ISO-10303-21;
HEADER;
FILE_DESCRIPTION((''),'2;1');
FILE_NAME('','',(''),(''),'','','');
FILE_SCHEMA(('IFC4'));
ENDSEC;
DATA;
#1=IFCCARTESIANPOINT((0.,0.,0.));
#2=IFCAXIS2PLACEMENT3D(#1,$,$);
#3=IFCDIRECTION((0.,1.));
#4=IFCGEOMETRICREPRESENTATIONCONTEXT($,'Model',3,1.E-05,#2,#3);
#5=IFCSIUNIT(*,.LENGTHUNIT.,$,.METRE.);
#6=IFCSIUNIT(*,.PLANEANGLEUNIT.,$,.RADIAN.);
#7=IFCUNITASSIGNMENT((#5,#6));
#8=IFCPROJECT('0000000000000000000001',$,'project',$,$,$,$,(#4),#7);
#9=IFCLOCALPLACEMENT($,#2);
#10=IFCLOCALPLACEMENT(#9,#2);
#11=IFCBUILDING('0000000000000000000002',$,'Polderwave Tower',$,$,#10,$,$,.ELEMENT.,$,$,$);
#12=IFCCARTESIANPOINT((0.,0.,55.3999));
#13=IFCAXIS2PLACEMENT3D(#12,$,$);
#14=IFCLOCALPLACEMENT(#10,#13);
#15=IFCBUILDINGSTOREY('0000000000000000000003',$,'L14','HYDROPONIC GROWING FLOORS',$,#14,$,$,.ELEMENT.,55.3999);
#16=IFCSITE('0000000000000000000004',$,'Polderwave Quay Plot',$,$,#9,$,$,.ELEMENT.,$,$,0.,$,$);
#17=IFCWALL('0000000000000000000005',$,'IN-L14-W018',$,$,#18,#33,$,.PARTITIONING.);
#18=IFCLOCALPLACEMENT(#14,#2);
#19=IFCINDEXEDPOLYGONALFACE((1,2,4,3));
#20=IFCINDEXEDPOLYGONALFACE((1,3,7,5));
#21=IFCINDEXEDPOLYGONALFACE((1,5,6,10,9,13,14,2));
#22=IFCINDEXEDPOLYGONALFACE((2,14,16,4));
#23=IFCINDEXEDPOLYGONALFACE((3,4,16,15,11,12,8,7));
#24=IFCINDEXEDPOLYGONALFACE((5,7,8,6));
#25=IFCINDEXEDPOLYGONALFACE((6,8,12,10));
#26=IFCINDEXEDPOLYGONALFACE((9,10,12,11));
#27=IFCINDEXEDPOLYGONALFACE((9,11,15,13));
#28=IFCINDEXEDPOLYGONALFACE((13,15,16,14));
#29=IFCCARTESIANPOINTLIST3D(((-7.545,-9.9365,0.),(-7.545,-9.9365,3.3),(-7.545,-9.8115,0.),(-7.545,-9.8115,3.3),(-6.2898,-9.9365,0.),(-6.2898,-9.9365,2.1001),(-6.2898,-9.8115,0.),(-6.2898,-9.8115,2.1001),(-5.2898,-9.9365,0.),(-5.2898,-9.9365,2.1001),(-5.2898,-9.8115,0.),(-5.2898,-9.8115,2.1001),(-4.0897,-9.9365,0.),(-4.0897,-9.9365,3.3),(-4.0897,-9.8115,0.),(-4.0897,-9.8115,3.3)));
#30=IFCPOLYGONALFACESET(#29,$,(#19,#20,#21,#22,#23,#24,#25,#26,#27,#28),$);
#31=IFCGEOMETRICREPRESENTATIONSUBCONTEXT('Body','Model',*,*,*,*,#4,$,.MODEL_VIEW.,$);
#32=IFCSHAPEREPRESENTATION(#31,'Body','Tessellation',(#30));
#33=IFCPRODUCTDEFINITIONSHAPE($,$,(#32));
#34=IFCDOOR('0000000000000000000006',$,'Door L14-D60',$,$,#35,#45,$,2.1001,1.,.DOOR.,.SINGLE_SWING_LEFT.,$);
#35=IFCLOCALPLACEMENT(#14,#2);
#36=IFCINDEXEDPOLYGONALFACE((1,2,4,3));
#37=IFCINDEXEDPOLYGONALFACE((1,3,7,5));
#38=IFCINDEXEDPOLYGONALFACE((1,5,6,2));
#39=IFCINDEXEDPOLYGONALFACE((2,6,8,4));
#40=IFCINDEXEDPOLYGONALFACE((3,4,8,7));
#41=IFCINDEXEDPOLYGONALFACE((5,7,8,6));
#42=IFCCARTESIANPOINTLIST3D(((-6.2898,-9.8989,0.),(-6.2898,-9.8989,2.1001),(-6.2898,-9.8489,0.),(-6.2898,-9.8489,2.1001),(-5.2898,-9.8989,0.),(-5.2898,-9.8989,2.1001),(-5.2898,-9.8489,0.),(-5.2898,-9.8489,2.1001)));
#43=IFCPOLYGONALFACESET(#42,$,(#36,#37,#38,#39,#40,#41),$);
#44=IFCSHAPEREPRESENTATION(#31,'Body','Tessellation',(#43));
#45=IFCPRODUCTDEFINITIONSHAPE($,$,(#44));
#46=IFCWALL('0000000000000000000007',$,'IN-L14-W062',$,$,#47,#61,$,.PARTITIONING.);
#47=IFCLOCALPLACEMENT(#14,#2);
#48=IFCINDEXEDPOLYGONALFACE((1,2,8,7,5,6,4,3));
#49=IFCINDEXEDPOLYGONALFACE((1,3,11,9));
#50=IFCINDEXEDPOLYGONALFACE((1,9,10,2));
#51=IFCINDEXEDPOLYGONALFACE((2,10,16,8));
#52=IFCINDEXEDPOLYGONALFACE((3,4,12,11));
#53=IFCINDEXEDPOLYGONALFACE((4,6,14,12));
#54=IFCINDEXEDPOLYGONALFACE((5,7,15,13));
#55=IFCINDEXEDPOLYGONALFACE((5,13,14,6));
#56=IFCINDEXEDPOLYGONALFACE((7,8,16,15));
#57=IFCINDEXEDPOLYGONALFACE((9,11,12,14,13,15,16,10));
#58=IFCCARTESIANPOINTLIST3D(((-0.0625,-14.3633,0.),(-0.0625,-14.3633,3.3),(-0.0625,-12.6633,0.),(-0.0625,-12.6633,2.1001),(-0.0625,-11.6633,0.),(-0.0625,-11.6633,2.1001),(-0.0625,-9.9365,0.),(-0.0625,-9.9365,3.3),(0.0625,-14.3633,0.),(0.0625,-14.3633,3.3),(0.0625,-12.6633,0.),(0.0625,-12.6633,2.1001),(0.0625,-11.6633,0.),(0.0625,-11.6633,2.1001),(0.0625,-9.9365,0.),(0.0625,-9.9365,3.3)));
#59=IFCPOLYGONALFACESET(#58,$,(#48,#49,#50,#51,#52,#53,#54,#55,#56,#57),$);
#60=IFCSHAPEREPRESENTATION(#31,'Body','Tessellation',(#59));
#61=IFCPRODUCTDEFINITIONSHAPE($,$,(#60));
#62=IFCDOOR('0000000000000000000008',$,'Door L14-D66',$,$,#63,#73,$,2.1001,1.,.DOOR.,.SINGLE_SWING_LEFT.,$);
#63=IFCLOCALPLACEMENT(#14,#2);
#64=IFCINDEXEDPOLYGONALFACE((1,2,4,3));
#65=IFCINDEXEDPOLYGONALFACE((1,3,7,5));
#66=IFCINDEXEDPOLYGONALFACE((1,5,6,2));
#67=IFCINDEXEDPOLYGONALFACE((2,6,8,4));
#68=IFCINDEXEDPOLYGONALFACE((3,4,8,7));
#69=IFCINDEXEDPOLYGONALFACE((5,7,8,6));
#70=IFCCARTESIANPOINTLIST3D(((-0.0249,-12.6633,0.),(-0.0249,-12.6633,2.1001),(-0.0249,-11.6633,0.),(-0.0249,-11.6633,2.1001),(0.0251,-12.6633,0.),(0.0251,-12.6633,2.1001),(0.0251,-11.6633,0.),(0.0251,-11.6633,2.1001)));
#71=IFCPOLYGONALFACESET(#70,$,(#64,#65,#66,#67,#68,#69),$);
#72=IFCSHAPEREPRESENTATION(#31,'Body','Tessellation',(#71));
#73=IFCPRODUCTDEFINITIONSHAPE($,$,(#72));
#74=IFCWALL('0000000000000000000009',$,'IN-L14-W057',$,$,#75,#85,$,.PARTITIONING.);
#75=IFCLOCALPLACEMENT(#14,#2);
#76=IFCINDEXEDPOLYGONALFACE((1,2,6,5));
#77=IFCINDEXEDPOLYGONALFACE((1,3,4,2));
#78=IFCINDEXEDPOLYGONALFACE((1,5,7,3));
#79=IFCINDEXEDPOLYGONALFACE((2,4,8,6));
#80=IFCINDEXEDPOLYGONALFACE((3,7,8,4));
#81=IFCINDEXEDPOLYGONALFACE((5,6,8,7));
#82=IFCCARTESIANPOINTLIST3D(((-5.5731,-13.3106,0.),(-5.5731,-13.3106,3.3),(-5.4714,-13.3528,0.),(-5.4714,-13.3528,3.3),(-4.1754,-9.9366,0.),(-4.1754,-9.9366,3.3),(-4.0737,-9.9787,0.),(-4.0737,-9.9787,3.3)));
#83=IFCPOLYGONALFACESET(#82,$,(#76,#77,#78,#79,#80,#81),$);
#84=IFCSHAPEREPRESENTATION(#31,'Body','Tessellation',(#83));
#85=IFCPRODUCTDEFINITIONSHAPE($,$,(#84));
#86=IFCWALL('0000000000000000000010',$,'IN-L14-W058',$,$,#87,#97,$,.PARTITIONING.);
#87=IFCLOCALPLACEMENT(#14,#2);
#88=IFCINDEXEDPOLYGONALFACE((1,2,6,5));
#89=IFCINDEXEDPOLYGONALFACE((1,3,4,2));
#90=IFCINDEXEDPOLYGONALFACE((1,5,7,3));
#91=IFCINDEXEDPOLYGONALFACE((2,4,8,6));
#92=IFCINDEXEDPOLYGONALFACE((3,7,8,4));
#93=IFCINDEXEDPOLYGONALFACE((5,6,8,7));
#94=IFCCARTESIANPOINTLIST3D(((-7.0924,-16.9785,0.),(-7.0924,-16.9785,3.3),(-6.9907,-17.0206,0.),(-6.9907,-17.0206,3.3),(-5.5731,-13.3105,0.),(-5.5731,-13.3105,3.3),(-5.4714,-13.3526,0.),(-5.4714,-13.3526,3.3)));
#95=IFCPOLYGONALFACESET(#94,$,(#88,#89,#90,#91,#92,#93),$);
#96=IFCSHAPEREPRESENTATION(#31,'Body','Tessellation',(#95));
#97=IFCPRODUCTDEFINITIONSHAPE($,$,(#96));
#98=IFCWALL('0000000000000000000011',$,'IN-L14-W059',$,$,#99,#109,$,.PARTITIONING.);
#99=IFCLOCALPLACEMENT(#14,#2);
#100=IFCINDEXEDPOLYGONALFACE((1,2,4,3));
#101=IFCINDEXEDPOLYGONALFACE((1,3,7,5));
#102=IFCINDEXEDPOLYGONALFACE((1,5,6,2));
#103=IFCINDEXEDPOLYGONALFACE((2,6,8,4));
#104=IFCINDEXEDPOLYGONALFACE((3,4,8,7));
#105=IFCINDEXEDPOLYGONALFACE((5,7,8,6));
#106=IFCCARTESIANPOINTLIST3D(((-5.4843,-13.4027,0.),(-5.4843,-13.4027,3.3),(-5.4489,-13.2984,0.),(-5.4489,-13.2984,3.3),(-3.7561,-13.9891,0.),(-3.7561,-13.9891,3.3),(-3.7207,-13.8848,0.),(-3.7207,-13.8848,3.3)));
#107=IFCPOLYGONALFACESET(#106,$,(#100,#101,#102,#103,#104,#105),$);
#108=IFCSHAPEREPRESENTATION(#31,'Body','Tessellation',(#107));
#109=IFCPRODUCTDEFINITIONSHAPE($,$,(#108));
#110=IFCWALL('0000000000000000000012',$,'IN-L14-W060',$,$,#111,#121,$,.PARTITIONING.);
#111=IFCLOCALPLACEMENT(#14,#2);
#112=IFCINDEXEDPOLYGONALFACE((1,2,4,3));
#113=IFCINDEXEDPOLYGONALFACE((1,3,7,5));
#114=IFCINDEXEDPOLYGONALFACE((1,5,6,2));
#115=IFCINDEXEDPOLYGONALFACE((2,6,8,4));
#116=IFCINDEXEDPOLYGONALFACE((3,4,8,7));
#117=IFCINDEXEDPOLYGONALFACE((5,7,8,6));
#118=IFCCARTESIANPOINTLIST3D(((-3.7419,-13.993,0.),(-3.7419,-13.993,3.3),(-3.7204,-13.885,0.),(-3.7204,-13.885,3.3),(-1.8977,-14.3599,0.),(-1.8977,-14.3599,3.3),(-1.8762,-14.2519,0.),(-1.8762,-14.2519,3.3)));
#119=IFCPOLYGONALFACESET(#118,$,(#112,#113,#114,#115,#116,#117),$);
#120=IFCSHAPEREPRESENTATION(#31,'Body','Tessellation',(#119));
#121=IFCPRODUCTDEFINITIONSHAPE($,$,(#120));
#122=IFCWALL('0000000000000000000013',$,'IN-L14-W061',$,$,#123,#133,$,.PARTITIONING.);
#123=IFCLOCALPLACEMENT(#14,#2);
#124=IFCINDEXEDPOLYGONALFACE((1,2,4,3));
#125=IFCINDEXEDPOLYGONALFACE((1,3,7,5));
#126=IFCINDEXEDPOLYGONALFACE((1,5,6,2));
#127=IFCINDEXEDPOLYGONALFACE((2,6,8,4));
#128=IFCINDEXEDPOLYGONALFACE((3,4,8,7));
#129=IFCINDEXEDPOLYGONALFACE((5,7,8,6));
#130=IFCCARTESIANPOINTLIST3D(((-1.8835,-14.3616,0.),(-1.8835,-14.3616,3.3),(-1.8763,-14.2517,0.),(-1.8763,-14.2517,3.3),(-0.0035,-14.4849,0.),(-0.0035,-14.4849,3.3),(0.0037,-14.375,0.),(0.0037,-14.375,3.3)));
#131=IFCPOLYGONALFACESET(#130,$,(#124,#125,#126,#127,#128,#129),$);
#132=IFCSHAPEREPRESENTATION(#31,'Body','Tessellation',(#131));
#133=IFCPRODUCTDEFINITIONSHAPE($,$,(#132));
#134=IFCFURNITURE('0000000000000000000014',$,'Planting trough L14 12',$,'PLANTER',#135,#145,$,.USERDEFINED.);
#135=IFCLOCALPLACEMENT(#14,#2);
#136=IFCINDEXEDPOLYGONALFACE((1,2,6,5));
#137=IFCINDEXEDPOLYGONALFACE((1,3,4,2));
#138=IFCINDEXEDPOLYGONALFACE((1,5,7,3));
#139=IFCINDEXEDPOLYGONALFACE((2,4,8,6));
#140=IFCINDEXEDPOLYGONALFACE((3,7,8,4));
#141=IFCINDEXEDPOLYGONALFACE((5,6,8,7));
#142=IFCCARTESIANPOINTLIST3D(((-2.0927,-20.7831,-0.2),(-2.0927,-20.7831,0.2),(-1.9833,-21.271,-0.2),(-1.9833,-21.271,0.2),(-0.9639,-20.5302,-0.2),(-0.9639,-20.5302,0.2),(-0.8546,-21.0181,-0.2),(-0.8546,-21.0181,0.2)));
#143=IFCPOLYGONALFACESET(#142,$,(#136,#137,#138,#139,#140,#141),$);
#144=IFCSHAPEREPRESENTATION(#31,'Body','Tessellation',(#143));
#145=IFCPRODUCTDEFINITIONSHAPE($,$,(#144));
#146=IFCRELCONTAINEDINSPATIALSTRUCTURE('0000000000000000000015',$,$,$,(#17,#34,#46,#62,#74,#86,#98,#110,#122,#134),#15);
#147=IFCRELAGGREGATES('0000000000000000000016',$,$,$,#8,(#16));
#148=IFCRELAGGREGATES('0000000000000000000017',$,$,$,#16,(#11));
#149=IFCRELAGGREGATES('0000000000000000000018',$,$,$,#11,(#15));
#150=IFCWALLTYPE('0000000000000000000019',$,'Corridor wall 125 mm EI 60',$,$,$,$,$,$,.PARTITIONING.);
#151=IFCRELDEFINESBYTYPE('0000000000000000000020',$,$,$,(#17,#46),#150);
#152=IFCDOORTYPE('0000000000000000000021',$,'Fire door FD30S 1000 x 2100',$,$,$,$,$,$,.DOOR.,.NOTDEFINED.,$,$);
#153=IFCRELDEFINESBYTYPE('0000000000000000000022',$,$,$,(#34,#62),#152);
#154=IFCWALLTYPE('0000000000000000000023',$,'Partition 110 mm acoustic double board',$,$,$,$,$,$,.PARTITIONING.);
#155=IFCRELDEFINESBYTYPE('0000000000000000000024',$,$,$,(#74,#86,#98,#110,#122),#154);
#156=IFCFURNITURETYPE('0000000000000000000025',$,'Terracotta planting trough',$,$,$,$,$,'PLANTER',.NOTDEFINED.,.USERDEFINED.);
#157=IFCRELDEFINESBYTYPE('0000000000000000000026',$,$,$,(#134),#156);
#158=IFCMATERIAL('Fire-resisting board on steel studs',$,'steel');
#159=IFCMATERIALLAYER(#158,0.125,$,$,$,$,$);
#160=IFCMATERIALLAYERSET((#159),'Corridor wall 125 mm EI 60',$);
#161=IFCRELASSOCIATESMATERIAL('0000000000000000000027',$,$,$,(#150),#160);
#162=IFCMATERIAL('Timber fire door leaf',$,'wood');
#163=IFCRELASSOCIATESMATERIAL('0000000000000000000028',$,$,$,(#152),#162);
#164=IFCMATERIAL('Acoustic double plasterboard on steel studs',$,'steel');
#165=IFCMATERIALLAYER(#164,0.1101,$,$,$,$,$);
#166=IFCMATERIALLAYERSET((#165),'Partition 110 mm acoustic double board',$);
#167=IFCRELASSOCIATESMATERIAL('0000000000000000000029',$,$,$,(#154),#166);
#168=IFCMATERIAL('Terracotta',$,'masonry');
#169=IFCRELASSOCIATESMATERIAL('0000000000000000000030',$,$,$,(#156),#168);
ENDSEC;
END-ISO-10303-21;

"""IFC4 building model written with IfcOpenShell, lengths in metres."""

from ifc_helpers import new_model, si_unit, direction, frame, frame_2d, origin, origin_2d, place, context, subcontext, project, spatial, rectangle, extrude, material, layer, layer_set, type_object, element, fill, save


model = new_model("IFC4")

# Units and contexts
model_context = context("Model", 3, precision=1e-05, world=origin(), true_north=direction((0.0, 1.0)))
body_context = subcontext(model_context, "Body", "Model", "MODEL_VIEW")
ifc_project = project(units=[si_unit("LENGTHUNIT", "METRE"), si_unit("PLANEANGLEUNIT", "RADIAN")], contexts=[model_context])

# Site, building, storey
site_placement = place(None, origin())
site = spatial("IfcSite", under=ifc_project, at=site_placement, Name="Polderwave Quay Plot", CompositionType="ELEMENT", RefElevation=0.0)
building_placement = place(site_placement, origin())
building = spatial("IfcBuilding", under=site, at=building_placement, Name="Polderwave Tower", CompositionType="ELEMENT")
storey_placement = place(building_placement, frame((0.0, 0.0, 55.3999)))
storey = spatial("IfcBuildingStorey", under=building, at=storey_placement, Name="L14", Description="HYDROPONIC GROWING FLOORS", CompositionType="ELEMENT", Elevation=55.3999)

# Shared definitions
ifc_material_1 = material(Name="Fire-resisting board on steel studs", Category="steel")
ifc_layer_1 = layer(ifc_material_1, 0.125)
ifc_layer_set_1 = layer_set([ifc_layer_1], Name="Corridor wall 125 mm EI 60")
wall_type_1 = type_object("IfcWallType", Name="Corridor wall 125 mm EI 60", PredefinedType="PARTITIONING", material=ifc_layer_set_1)

# Walls, openings, doors
wall_1_placement = place(storey_placement, frame((-4.0898, -9.874, 0.0), z_axis=(0.0, 0.0, 1.0), x_axis=(-1.0, 0.0, 0.0)))
wall_1 = element("IfcWall", 1, at=wall_1_placement, inside=storey, type_object=wall_type_1, Name="IN-L14-W018", PredefinedType="PARTITIONING", context=body_context, shape_type="SweptSolid", body=[
    extrude(rectangle(XDim=3.4553, YDim=0.125, at=frame_2d((1.7275, 0.0))), origin(), (0.0, 0.0, 1.0), 3.3),
])
opening_1_placement = place(wall_1_placement, frame((1.2, 0.0, 0.0)))
opening_1 = element("IfcOpeningElement", 2, at=opening_1_placement, cuts=wall_1, PredefinedType="OPENING", context=body_context, shape_type="SweptSolid", body=[
    extrude(rectangle(XDim=1.0, YDim=2.1001, at=frame_2d((0.5, 1.05))), frame((0.0, 0.0725, 0.0), z_axis=(0.0, -1.0, 0.0), x_axis=(1.0, 0.0, 0.0)), (0.0, 0.0, 1.0), 0.145),
])
ifc_material_2 = material(Name="Timber fire door leaf", Category="wood")
door_type = type_object("IfcDoorType", Name="Fire door FD30S 1000 x 2100", OperationType="NOTDEFINED", PredefinedType="DOOR", material=ifc_material_2)
door_1_placement = place(opening_1_placement, origin())
door_1 = element("IfcDoor", 3, at=door_1_placement, inside=storey, type_object=door_type, Name="Door L14-D60", OperationType="SINGLE_SWING_LEFT", OverallHeight=2.1001, OverallWidth=1.0, PredefinedType="DOOR", context=body_context, shape_type="SweptSolid", body=[
    extrude(rectangle(XDim=1.0, YDim=2.1001, at=frame_2d((0.5, 1.05))), frame((0.0, 0.0249, 0.0), z_axis=(0.0, -1.0, 0.0), x_axis=(1.0, 0.0, 0.0)), (0.0, 0.0, 1.0), 0.05),
])
fill(opening_1, door_1)
wall_2_placement = place(storey_placement, frame((0.0, -14.3633, 0.0), z_axis=(0.0, 0.0, 1.0), x_axis=(0.0, 1.0, 0.0)))
wall_2 = element("IfcWall", 4, at=wall_2_placement, inside=storey, type_object=wall_type_1, Name="IN-L14-W062", PredefinedType="PARTITIONING", context=body_context, shape_type="SweptSolid", body=[
    extrude(rectangle(XDim=4.4268, YDim=0.125, at=frame_2d((2.2134, 0.0))), origin(), (0.0, 0.0, 1.0), 3.3),
])
opening_2_placement = place(wall_2_placement, frame((1.7, 0.0, 0.0)))
opening_2 = element("IfcOpeningElement", 5, at=opening_2_placement, cuts=wall_2, PredefinedType="OPENING", context=body_context, shape_type="SweptSolid", body=[
    extrude(rectangle(XDim=1.0, YDim=2.1001, at=frame_2d((0.5, 1.05))), frame((0.0, 0.0725, 0.0), z_axis=(0.0, -1.0, 0.0), x_axis=(1.0, 0.0, 0.0)), (0.0, 0.0, 1.0), 0.145),
])
door_2_placement = place(opening_2_placement, origin())
door_2 = element("IfcDoor", 6, at=door_2_placement, inside=storey, type_object=door_type, Name="Door L14-D66", OperationType="SINGLE_SWING_LEFT", OverallHeight=2.1001, OverallWidth=1.0, PredefinedType="DOOR", context=body_context, shape_type="SweptSolid", body=[
    extrude(rectangle(XDim=1.0, YDim=2.1001, at=frame_2d((0.5, 1.05))), frame((0.0, 0.0249, 0.0), z_axis=(0.0, -1.0, 0.0), x_axis=(1.0, 0.0, 0.0)), (0.0, 0.0, 1.0), 0.05),
])
fill(opening_2, door_2)

# Walls
ifc_material_3 = material(Name="Acoustic double plasterboard on steel studs", Category="steel")
ifc_layer_2 = layer(ifc_material_3, 0.1101)
ifc_layer_set_2 = layer_set([ifc_layer_2], Name="Partition 110 mm acoustic double board")
wall_type_2 = type_object("IfcWallType", Name="Partition 110 mm acoustic double board", PredefinedType="PARTITIONING", material=ifc_layer_set_2)
wall_3_placement = place(storey_placement, frame((-4.1245, -9.9575, 0.0), z_axis=(0.0, 0.0, 1.0), x_axis=(-0.382716, -0.923866, 0.0)))
element("IfcWall", 7, at=wall_3_placement, inside=storey, type_object=wall_type_2, Name="IN-L14-W057", PredefinedType="PARTITIONING", context=body_context, shape_type="SweptSolid", body=[
    extrude(rectangle(XDim=3.6521, YDim=0.1101, at=frame_2d((1.8262, 0.0))), origin(), (0.0, 0.0, 1.0), 3.3),
])
wall_4_placement = place(storey_placement, frame((-5.5222, -13.3315, 0.0), z_axis=(0.0, 0.0, 1.0), x_axis=(-0.382676, -0.923883, 0.0)))
element("IfcWall", 8, at=wall_4_placement, inside=storey, type_object=wall_type_2, Name="IN-L14-W058", PredefinedType="PARTITIONING", context=body_context, shape_type="SweptSolid", body=[
    extrude(rectangle(XDim=3.9702, YDim=0.1101, at=frame_2d((1.9851, 0.0))), origin(), (0.0, 0.0, 1.0), 3.3),
])
wall_5_placement = place(storey_placement, frame((-3.7383, -13.937, 0.0), z_axis=(0.0, 0.0, 1.0), x_axis=(-0.946971, 0.32132, 0.0)))
element("IfcWall", 9, at=wall_5_placement, inside=storey, type_object=wall_type_2, Name="IN-L14-W059", PredefinedType="PARTITIONING", context=body_context, shape_type="SweptSolid", body=[
    extrude(rectangle(XDim=1.825, YDim=0.1101, at=frame_2d((0.9126, 0.0))), origin(), (0.0, 0.0, 1.0), 3.3),
])
wall_6_placement = place(storey_placement, frame((-1.887, -14.3059, 0.0), z_axis=(0.0, 0.0, 1.0), x_axis=(-0.980775, 0.195142, 0.0)))
element("IfcWall", 10, at=wall_6_placement, inside=storey, type_object=wall_type_2, Name="IN-L14-W060", PredefinedType="PARTITIONING", context=body_context, shape_type="SweptSolid", body=[
    extrude(rectangle(XDim=1.8804, YDim=0.1101, at=frame_2d((0.9402, 0.0))), origin(), (0.0, 0.0, 1.0), 3.3),
])
wall_7_placement = place(storey_placement, frame((0.0, -14.4299, 0.0), z_axis=(0.0, 0.0, 1.0), x_axis=(-0.997856, 0.065444, 0.0)))
element("IfcWall", 11, at=wall_7_placement, inside=storey, type_object=wall_type_2, Name="IN-L14-W061", PredefinedType="PARTITIONING", context=body_context, shape_type="SweptSolid", body=[
    extrude(rectangle(XDim=1.884, YDim=0.1101, at=frame_2d((0.9419, 0.0))), origin(), (0.0, 0.0, 1.0), 3.3),
])

# Furniture
ifc_material_4 = material(Name="Terracotta", Category="masonry")
furniture_type = type_object("IfcFurnitureType", Name="Terracotta planting trough", ElementType="PLANTER", AssemblyPlace="NOTDEFINED", PredefinedType="USERDEFINED", material=ifc_material_4)
furniture_placement = place(storey_placement, frame((-1.4736, -20.9006, -0.2), z_axis=(0.0, 0.0, 1.0), x_axis=(0.975803, 0.218651, 0.0)))
element("IfcFurniture", 12, at=furniture_placement, inside=storey, type_object=furniture_type, Name="Planting trough L14 12", ObjectType="PLANTER", PredefinedType="USERDEFINED", context=body_context, shape_type="SweptSolid", body=[
    extrude(rectangle(XDim=1.1567, YDim=0.5, at=origin_2d()), origin(), (0.0, 0.0, 1.0), 0.3999),
])

save(model, "model.ifc")
